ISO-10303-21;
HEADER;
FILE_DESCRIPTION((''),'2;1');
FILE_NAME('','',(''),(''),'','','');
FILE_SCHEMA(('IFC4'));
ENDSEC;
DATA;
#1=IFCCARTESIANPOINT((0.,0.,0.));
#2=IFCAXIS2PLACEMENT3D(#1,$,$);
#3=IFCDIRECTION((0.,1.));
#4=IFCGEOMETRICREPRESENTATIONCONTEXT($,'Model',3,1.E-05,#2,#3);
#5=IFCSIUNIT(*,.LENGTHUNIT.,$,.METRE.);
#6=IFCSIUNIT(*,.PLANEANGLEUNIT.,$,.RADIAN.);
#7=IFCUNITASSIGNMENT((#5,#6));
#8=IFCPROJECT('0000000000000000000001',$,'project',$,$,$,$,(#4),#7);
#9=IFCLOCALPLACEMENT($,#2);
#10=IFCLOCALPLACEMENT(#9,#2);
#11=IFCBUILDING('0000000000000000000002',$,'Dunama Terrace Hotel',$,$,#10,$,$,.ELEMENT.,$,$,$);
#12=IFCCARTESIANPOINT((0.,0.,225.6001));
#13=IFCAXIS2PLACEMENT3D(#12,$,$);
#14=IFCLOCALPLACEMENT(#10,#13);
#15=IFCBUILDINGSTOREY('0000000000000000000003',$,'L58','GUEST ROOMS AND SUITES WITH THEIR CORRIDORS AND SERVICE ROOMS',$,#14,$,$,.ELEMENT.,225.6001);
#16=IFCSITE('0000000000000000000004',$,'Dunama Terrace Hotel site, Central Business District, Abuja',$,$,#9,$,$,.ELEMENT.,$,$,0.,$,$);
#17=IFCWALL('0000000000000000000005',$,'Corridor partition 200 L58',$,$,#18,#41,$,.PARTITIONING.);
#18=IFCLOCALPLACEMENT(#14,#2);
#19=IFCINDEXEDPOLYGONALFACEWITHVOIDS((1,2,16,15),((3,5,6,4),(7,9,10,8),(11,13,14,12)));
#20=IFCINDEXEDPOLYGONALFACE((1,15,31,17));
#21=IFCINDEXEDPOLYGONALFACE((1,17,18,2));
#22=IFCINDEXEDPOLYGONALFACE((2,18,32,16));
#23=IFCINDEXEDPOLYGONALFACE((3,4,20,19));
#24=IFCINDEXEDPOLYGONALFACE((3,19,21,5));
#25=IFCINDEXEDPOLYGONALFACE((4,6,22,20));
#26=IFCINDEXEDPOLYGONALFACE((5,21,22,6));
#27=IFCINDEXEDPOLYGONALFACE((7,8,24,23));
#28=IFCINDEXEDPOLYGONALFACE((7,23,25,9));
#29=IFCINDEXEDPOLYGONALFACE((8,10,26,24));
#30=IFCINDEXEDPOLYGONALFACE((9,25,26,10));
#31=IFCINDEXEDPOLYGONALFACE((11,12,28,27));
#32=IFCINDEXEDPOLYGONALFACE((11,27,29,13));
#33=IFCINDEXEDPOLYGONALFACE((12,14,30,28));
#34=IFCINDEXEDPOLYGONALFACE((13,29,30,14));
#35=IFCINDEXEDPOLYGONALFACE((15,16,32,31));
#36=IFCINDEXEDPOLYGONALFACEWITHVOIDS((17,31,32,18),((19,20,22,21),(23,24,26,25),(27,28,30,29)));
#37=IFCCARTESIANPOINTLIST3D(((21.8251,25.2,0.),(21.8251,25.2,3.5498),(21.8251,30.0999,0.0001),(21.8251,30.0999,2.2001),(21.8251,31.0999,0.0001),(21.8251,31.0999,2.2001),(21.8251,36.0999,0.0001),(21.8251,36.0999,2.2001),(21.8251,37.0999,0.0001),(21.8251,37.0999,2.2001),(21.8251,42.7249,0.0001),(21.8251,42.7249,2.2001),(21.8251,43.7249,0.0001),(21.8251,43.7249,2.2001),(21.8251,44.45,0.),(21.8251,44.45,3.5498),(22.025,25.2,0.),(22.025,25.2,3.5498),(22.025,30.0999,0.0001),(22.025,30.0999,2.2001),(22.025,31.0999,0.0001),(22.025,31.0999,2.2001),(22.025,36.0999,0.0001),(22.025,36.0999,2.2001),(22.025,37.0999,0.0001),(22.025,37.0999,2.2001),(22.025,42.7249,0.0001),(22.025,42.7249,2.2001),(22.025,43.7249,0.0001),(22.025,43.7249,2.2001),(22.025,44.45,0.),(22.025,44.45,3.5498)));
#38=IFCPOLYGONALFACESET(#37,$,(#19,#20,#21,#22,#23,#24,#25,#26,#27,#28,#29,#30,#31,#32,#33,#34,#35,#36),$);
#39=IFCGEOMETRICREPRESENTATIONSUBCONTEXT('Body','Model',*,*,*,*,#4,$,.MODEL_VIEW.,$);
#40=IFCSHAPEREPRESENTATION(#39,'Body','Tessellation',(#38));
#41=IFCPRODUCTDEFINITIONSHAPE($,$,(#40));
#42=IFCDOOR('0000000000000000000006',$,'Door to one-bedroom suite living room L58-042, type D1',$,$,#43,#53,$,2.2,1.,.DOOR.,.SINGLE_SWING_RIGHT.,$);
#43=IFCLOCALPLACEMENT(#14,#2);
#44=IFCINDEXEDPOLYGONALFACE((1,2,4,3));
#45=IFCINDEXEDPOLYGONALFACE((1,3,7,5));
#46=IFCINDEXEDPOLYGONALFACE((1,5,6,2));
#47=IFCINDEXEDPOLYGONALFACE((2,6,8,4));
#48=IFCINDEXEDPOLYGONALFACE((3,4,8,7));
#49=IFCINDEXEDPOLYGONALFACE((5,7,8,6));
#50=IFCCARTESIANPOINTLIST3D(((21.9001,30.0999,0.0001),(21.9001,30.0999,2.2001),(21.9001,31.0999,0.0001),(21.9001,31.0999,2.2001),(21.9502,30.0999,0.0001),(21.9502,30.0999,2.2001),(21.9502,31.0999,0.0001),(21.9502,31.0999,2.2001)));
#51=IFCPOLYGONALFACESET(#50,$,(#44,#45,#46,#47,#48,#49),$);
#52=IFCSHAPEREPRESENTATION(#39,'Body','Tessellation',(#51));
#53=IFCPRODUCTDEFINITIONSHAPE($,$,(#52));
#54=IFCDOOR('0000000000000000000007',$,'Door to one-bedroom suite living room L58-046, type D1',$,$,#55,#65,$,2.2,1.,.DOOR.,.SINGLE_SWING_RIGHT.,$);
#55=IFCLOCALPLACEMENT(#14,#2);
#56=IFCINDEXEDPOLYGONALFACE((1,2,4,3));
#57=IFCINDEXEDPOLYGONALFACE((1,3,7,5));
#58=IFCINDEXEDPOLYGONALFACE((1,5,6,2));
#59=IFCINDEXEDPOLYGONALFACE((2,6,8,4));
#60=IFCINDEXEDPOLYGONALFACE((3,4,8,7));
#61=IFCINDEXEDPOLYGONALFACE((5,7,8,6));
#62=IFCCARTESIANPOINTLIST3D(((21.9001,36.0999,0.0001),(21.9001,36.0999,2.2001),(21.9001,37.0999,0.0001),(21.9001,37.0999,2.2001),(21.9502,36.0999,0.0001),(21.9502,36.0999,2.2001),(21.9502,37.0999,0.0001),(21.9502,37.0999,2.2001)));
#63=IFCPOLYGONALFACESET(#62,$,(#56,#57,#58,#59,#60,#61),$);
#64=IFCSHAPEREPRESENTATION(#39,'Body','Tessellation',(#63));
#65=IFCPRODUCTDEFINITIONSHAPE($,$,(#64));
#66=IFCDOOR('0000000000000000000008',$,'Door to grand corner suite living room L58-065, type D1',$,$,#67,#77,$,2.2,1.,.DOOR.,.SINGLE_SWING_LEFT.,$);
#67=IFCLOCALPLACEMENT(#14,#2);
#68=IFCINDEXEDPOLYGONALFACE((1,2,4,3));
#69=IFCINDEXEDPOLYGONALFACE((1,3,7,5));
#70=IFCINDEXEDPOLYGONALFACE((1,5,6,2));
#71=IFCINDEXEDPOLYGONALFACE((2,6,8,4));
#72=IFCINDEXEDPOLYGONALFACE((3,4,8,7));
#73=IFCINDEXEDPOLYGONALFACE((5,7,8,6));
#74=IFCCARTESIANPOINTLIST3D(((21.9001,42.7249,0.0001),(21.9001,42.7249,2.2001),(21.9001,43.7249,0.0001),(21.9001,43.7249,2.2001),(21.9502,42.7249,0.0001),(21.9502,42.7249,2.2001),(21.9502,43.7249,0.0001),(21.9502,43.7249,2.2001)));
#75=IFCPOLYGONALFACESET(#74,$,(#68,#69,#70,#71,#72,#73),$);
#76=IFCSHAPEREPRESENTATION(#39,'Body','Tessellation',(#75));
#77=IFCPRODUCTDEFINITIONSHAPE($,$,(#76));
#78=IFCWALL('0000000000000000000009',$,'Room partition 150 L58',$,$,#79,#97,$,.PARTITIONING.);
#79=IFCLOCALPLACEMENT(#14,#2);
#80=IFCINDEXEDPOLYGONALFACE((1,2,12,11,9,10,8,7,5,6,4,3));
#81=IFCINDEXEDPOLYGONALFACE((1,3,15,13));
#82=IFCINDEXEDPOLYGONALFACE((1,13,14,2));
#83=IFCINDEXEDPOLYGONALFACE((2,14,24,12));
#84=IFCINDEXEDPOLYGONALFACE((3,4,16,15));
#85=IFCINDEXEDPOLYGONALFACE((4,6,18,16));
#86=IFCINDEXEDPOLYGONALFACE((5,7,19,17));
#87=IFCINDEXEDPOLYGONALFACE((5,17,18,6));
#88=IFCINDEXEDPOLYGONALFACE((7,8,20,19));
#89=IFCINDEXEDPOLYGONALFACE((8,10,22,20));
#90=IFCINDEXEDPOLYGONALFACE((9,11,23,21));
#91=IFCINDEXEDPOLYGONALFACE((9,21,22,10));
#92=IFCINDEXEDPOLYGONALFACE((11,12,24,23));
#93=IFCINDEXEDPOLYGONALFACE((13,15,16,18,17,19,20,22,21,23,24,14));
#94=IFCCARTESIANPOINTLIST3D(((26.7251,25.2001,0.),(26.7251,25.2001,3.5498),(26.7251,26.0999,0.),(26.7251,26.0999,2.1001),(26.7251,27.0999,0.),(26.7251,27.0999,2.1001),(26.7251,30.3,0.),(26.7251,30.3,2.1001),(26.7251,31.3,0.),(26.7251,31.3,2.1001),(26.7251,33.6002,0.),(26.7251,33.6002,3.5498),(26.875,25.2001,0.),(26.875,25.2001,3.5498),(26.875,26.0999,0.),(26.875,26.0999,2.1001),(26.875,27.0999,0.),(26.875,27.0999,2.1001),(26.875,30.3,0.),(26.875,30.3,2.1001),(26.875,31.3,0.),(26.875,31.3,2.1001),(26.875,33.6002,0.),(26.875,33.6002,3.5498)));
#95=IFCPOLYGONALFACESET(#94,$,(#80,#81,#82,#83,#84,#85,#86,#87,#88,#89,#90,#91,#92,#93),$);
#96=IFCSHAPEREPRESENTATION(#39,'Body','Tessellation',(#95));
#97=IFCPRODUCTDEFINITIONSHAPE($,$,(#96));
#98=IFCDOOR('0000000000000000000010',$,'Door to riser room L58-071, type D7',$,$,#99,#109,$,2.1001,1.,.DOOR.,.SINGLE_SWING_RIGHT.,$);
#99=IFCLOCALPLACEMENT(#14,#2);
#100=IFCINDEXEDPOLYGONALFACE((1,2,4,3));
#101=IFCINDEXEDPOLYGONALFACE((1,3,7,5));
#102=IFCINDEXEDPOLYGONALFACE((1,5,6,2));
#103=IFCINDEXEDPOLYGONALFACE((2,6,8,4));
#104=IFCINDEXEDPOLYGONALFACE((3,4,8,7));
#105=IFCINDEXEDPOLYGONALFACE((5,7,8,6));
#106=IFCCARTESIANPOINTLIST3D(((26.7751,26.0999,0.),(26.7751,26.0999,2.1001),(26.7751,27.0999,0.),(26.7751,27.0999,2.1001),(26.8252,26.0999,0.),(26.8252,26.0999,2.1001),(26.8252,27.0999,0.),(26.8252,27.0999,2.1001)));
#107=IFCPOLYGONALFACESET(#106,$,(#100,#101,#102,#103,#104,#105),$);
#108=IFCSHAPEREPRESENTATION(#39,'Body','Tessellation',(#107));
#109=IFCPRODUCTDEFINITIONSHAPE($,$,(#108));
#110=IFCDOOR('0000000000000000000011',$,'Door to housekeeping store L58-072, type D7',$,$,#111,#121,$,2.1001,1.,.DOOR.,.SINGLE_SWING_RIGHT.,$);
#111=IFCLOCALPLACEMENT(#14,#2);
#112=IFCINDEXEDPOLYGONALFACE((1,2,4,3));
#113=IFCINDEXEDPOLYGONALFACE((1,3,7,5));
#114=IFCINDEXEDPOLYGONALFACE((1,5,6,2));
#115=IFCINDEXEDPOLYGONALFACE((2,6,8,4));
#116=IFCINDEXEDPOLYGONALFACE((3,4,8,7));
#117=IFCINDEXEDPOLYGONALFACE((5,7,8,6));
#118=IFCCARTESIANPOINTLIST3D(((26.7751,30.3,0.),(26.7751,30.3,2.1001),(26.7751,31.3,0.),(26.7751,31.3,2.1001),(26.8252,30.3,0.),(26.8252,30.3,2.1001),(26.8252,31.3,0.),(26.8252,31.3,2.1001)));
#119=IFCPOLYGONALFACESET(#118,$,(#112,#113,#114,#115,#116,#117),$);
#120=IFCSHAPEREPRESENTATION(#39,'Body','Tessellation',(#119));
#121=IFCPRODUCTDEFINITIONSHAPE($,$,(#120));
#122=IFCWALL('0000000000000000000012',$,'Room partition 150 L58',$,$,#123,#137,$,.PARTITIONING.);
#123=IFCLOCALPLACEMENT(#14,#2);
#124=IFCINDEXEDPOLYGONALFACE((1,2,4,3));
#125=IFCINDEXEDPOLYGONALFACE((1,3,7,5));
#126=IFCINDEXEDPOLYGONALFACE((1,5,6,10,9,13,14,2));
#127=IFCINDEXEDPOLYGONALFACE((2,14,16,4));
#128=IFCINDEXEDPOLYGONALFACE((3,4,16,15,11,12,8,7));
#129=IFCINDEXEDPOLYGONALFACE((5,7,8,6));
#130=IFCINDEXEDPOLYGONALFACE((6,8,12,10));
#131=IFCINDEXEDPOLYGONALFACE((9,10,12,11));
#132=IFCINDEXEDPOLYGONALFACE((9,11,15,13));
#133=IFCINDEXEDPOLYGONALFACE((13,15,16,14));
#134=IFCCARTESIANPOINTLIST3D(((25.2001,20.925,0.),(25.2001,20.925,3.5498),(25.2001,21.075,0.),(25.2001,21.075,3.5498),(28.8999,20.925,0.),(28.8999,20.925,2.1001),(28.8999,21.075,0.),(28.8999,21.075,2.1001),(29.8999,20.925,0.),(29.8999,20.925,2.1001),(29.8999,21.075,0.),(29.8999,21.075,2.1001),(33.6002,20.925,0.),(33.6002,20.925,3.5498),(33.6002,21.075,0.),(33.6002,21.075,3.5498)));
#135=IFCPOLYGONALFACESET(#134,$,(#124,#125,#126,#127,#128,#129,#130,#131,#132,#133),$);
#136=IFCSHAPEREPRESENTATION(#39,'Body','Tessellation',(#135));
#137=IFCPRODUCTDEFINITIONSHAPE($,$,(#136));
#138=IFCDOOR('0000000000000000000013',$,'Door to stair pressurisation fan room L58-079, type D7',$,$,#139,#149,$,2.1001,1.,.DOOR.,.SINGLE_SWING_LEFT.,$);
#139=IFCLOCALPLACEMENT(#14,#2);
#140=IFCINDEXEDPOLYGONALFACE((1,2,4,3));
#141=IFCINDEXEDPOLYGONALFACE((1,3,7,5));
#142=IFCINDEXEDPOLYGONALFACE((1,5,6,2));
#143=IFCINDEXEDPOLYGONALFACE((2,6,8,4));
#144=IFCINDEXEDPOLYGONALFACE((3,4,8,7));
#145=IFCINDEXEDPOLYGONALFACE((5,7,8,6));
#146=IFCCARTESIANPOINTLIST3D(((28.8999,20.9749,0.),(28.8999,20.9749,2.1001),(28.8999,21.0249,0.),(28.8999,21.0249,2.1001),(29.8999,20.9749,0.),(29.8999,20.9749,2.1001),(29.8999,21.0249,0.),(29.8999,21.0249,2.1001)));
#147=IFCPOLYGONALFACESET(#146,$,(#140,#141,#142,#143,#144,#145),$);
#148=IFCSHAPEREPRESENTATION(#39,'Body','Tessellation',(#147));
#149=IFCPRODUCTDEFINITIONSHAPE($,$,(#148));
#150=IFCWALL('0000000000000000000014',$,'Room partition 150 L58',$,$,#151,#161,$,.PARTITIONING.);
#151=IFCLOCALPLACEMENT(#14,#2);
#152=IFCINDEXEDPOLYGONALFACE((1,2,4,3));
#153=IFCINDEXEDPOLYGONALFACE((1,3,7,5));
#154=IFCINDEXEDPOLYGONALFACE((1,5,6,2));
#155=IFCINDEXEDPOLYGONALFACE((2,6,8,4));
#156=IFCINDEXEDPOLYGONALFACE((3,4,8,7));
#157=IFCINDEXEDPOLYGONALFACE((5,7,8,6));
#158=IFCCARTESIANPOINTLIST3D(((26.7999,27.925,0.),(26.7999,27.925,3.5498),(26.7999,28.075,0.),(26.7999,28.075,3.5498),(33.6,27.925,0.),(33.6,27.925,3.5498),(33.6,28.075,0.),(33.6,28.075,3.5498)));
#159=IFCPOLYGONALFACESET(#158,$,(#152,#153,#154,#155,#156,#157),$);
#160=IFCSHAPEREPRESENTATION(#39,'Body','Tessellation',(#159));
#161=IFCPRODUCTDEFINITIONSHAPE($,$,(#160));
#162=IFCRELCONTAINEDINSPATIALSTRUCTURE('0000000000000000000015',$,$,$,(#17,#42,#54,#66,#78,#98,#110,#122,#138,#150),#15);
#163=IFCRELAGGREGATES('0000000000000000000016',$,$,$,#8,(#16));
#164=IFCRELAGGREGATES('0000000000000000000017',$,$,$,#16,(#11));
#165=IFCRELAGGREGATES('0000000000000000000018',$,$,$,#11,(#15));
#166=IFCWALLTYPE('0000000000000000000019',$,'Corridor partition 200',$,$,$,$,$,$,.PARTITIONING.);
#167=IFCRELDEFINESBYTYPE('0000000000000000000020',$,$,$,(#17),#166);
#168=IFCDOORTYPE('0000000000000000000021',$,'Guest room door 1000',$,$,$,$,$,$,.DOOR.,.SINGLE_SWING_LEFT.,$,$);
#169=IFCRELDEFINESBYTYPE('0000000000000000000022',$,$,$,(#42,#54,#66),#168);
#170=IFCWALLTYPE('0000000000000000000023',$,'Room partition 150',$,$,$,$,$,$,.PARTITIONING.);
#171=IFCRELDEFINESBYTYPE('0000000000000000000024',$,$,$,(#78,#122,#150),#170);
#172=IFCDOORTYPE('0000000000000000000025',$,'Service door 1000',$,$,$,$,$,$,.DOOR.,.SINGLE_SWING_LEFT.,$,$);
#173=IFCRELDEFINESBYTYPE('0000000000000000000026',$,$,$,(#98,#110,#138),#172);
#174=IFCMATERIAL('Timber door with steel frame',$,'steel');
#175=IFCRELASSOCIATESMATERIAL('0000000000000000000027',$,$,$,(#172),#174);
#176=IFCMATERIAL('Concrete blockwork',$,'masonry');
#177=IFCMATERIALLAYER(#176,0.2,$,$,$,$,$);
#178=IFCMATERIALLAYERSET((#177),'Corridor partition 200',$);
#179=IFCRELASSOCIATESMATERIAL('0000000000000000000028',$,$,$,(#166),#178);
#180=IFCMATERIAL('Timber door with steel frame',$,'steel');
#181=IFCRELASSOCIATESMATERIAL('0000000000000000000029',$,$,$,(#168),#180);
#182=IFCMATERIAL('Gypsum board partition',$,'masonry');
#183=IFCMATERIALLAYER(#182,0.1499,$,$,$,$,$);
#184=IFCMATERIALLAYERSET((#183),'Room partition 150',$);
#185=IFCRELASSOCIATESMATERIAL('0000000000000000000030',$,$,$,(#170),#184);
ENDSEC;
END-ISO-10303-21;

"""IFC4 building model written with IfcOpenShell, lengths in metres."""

from ifc_helpers import new_model, si_unit, direction, frame, frame_2d, origin, place, context, subcontext, project, spatial, rectangle, extrude, material, layer, layer_set, type_object, element, fill, save


model = new_model("IFC4")

# Units and contexts
model_context = context("Model", 3, precision=1e-05, world=origin(), true_north=direction((0.0, 1.0)))
body_context = subcontext(model_context, "Body", "Model", "MODEL_VIEW")
ifc_project = project(units=[si_unit("LENGTHUNIT", "METRE"), si_unit("PLANEANGLEUNIT", "RADIAN")], contexts=[model_context])

# Site, building, storey
site_placement = place(None, origin())
site = spatial("IfcSite", under=ifc_project, at=site_placement, Name="Dunama Terrace Hotel site, Central Business District, Abuja", CompositionType="ELEMENT", RefElevation=0.0)
building_placement = place(site_placement, origin())
building = spatial("IfcBuilding", under=site, at=building_placement, Name="Dunama Terrace Hotel", CompositionType="ELEMENT")
storey_placement = place(building_placement, frame((0.0, 0.0, 225.6001)))
storey = spatial("IfcBuildingStorey", under=building, at=storey_placement, Name="L58", Description="GUEST ROOMS AND SUITES WITH THEIR CORRIDORS AND SERVICE ROOMS", CompositionType="ELEMENT", Elevation=225.6001)

# Shared definitions
ifc_material_1 = material(Name="Timber door with steel frame", Category="steel")
door_type_1 = type_object("IfcDoorType", Name="Service door 1000", OperationType="SINGLE_SWING_LEFT", PredefinedType="DOOR", material=ifc_material_1)

# Shared definitions
ifc_material_2 = material(Name="Concrete blockwork", Category="masonry")
ifc_layer_1 = layer(ifc_material_2, 0.2)
ifc_layer_set_1 = layer_set([ifc_layer_1], Name="Corridor partition 200")
wall_type_1 = type_object("IfcWallType", Name="Corridor partition 200", PredefinedType="PARTITIONING", material=ifc_layer_set_1)
ifc_material_3 = material(Name="Timber door with steel frame", Category="steel")
door_type_2 = type_object("IfcDoorType", Name="Guest room door 1000", OperationType="SINGLE_SWING_LEFT", PredefinedType="DOOR", material=ifc_material_3)

# Wall, openings, doors
wall_1_placement = place(storey_placement, frame((21.925, 25.2, 0.0), z_axis=(0.0, 0.0, 1.0), x_axis=(0.0, 1.0, 0.0)))
wall_1 = element("IfcWall", 1, at=wall_1_placement, inside=storey, type_object=wall_type_1, Name="Corridor partition 200 L58", PredefinedType="PARTITIONING", context=body_context, shape_type="SweptSolid", body=[
    extrude(rectangle(XDim=19.25, YDim=0.2, at=frame_2d((9.625, 0.0))), origin(), (0.0, 0.0, 1.0), 3.5498),
])
opening_1_placement = place(wall_1_placement, frame((4.8999, 0.0, 0.0)))
opening_1 = element("IfcOpeningElement", 2, at=opening_1_placement, cuts=wall_1, PredefinedType="OPENING", context=body_context, shape_type="SweptSolid", body=[
    extrude(rectangle(XDim=1.0, YDim=2.2, at=frame_2d((0.5, 1.1001))), frame((0.0, 0.1099, 0.0), z_axis=(0.0, -1.0, 0.0), x_axis=(1.0, 0.0, 0.0)), (0.0, 0.0, 1.0), 0.22),
])
opening_2_placement = place(wall_1_placement, frame((10.8999, 0.0, 0.0)))
opening_2 = element("IfcOpeningElement", 3, at=opening_2_placement, cuts=wall_1, PredefinedType="OPENING", context=body_context, shape_type="SweptSolid", body=[
    extrude(rectangle(XDim=1.0, YDim=2.2, at=frame_2d((0.5, 1.1001))), frame((0.0, 0.1099, 0.0), z_axis=(0.0, -1.0, 0.0), x_axis=(1.0, 0.0, 0.0)), (0.0, 0.0, 1.0), 0.22),
])
opening_3_placement = place(wall_1_placement, frame((17.5249, 0.0, 0.0)))
opening_3 = element("IfcOpeningElement", 4, at=opening_3_placement, cuts=wall_1, PredefinedType="OPENING", context=body_context, shape_type="SweptSolid", body=[
    extrude(rectangle(XDim=1.0, YDim=2.2, at=frame_2d((0.5, 1.1001))), frame((0.0, 0.1099, 0.0), z_axis=(0.0, -1.0, 0.0), x_axis=(1.0, 0.0, 0.0)), (0.0, 0.0, 1.0), 0.22),
])
door_1_placement = place(opening_1_placement, origin())
door_1 = element("IfcDoor", 5, at=door_1_placement, inside=storey, type_object=door_type_2, Name="Door to one-bedroom suite living room L58-042, type D1", OperationType="SINGLE_SWING_RIGHT", OverallHeight=2.2, OverallWidth=1.0, PredefinedType="DOOR", context=body_context, shape_type="SweptSolid", body=[
    extrude(rectangle(XDim=1.0, YDim=2.2, at=frame_2d((0.5, 1.1001))), frame((0.0, 0.0249, 0.0), z_axis=(0.0, -1.0, 0.0), x_axis=(1.0, 0.0, 0.0)), (0.0, 0.0, 1.0), 0.05),
])
fill(opening_1, door_1)
door_2_placement = place(opening_2_placement, origin())
door_2 = element("IfcDoor", 6, at=door_2_placement, inside=storey, type_object=door_type_2, Name="Door to one-bedroom suite living room L58-046, type D1", OperationType="SINGLE_SWING_RIGHT", OverallHeight=2.2, OverallWidth=1.0, PredefinedType="DOOR", context=body_context, shape_type="SweptSolid", body=[
    extrude(rectangle(XDim=1.0, YDim=2.2, at=frame_2d((0.5, 1.1001))), frame((0.0, 0.0249, 0.0), z_axis=(0.0, -1.0, 0.0), x_axis=(1.0, 0.0, 0.0)), (0.0, 0.0, 1.0), 0.05),
])
fill(opening_2, door_2)
door_3_placement = place(opening_3_placement, origin())
door_3 = element("IfcDoor", 7, at=door_3_placement, inside=storey, type_object=door_type_2, Name="Door to grand corner suite living room L58-065, type D1", OperationType="SINGLE_SWING_LEFT", OverallHeight=2.2, OverallWidth=1.0, PredefinedType="DOOR", context=body_context, shape_type="SweptSolid", body=[
    extrude(rectangle(XDim=1.0, YDim=2.2, at=frame_2d((0.5, 1.1001))), frame((0.0, 0.0249, 0.0), z_axis=(0.0, -1.0, 0.0), x_axis=(1.0, 0.0, 0.0)), (0.0, 0.0, 1.0), 0.05),
])
fill(opening_3, door_3)

# Wall, openings, doors
ifc_material_4 = material(Name="Gypsum board partition", Category="masonry")
ifc_layer_2 = layer(ifc_material_4, 0.1499)
ifc_layer_set_2 = layer_set([ifc_layer_2], Name="Room partition 150")
wall_type_2 = type_object("IfcWallType", Name="Room partition 150", PredefinedType="PARTITIONING", material=ifc_layer_set_2)
wall_2_placement = place(storey_placement, frame((26.8, 25.2, 0.0), z_axis=(0.0, 0.0, 1.0), x_axis=(0.0, 1.0, 0.0)))
wall_2 = element("IfcWall", 8, at=wall_2_placement, inside=storey, type_object=wall_type_2, Name="Room partition 150 L58", PredefinedType="PARTITIONING", context=body_context, shape_type="SweptSolid", body=[
    extrude(rectangle(XDim=8.4001, YDim=0.1499, at=frame_2d((4.2002, 0.0))), origin(), (0.0, 0.0, 1.0), 3.5498),
])
opening_4_placement = place(wall_2_placement, frame((0.8999, 0.0, 0.0)))
opening_4 = element("IfcOpeningElement", 9, at=opening_4_placement, cuts=wall_2, PredefinedType="OPENING", context=body_context, shape_type="SweptSolid", body=[
    extrude(rectangle(XDim=1.0, YDim=2.1001, at=frame_2d((0.5, 1.05))), frame((0.0, 0.085, 0.0), z_axis=(0.0, -1.0, 0.0), x_axis=(1.0, 0.0, 0.0)), (0.0, 0.0, 1.0), 0.1699),
])
opening_5_placement = place(wall_2_placement, frame((5.1001, 0.0, 0.0)))
opening_5 = element("IfcOpeningElement", 10, at=opening_5_placement, cuts=wall_2, PredefinedType="OPENING", context=body_context, shape_type="SweptSolid", body=[
    extrude(rectangle(XDim=1.0, YDim=2.1001, at=frame_2d((0.5, 1.05))), frame((0.0, 0.085, 0.0), z_axis=(0.0, -1.0, 0.0), x_axis=(1.0, 0.0, 0.0)), (0.0, 0.0, 1.0), 0.1699),
])
door_4_placement = place(opening_4_placement, frame((1.0, 0.0, 0.0), z_axis=(0.0, 0.0, 1.0), x_axis=(-1.0, 0.0, 0.0)))
door_4 = element("IfcDoor", 11, at=door_4_placement, inside=storey, type_object=door_type_1, Name="Door to riser room L58-071, type D7", OperationType="SINGLE_SWING_RIGHT", OverallHeight=2.1001, OverallWidth=1.0, PredefinedType="DOOR", context=body_context, shape_type="SweptSolid", body=[
    extrude(rectangle(XDim=1.0, YDim=2.1001, at=frame_2d((0.5, 1.05))), frame((0.0, 0.0251, 0.0), z_axis=(0.0, -1.0, 0.0), x_axis=(1.0, 0.0, 0.0)), (0.0, 0.0, 1.0), 0.05),
])
fill(opening_4, door_4)
door_5_placement = place(opening_5_placement, frame((1.0, 0.0, 0.0), z_axis=(0.0, 0.0, 1.0), x_axis=(-1.0, 0.0, 0.0)))
door_5 = element("IfcDoor", 12, at=door_5_placement, inside=storey, type_object=door_type_1, Name="Door to housekeeping store L58-072, type D7", OperationType="SINGLE_SWING_RIGHT", OverallHeight=2.1001, OverallWidth=1.0, PredefinedType="DOOR", context=body_context, shape_type="SweptSolid", body=[
    extrude(rectangle(XDim=1.0, YDim=2.1001, at=frame_2d((0.5, 1.05))), frame((0.0, 0.0251, 0.0), z_axis=(0.0, -1.0, 0.0), x_axis=(1.0, 0.0, 0.0)), (0.0, 0.0, 1.0), 0.05),
])
fill(opening_5, door_5)

# Wall, opening, door
wall_3_placement = place(storey_placement, frame((25.2, 21.0, 0.0), z_axis=(0.0, 0.0, 1.0), x_axis=(1.0, 0.0, 0.0)))
wall_3 = element("IfcWall", 13, at=wall_3_placement, inside=storey, type_object=wall_type_2, Name="Room partition 150 L58", PredefinedType="PARTITIONING", context=body_context, shape_type="SweptSolid", body=[
    extrude(rectangle(XDim=8.4001, YDim=0.1499, at=frame_2d((4.2002, 0.0))), origin(), (0.0, 0.0, 1.0), 3.5498),
])
opening_6_placement = place(wall_3_placement, frame((3.7, 0.0, 0.0)))
opening_6 = element("IfcOpeningElement", 14, at=opening_6_placement, cuts=wall_3, PredefinedType="OPENING", context=body_context, shape_type="SweptSolid", body=[
    extrude(rectangle(XDim=1.0, YDim=2.1001, at=frame_2d((0.5, 1.05))), frame((0.0, 0.085, 0.0), z_axis=(0.0, -1.0, 0.0), x_axis=(1.0, 0.0, 0.0)), (0.0, 0.0, 1.0), 0.1699),
])
door_6_placement = place(opening_6_placement, origin())
door_6 = element("IfcDoor", 15, at=door_6_placement, inside=storey, type_object=door_type_1, Name="Door to stair pressurisation fan room L58-079, type D7", OperationType="SINGLE_SWING_LEFT", OverallHeight=2.1001, OverallWidth=1.0, PredefinedType="DOOR", context=body_context, shape_type="SweptSolid", body=[
    extrude(rectangle(XDim=1.0, YDim=2.1001, at=frame_2d((0.5, 1.05))), frame((0.0, 0.0249, 0.0), z_axis=(0.0, -1.0, 0.0), x_axis=(1.0, 0.0, 0.0)), (0.0, 0.0, 1.0), 0.05),
])
fill(opening_6, door_6)

# Wall
wall_4_placement = place(storey_placement, frame((26.8, 28.0, 0.0), z_axis=(0.0, 0.0, 1.0), x_axis=(1.0, 0.0, 0.0)))
element("IfcWall", 16, at=wall_4_placement, inside=storey, type_object=wall_type_2, Name="Room partition 150 L58", PredefinedType="PARTITIONING", context=body_context, shape_type="SweptSolid", body=[
    extrude(rectangle(XDim=6.8, YDim=0.1499, at=frame_2d((3.3999, 0.0))), origin(), (0.0, 0.0, 1.0), 3.5498),
])

save(model, "model.ifc")
